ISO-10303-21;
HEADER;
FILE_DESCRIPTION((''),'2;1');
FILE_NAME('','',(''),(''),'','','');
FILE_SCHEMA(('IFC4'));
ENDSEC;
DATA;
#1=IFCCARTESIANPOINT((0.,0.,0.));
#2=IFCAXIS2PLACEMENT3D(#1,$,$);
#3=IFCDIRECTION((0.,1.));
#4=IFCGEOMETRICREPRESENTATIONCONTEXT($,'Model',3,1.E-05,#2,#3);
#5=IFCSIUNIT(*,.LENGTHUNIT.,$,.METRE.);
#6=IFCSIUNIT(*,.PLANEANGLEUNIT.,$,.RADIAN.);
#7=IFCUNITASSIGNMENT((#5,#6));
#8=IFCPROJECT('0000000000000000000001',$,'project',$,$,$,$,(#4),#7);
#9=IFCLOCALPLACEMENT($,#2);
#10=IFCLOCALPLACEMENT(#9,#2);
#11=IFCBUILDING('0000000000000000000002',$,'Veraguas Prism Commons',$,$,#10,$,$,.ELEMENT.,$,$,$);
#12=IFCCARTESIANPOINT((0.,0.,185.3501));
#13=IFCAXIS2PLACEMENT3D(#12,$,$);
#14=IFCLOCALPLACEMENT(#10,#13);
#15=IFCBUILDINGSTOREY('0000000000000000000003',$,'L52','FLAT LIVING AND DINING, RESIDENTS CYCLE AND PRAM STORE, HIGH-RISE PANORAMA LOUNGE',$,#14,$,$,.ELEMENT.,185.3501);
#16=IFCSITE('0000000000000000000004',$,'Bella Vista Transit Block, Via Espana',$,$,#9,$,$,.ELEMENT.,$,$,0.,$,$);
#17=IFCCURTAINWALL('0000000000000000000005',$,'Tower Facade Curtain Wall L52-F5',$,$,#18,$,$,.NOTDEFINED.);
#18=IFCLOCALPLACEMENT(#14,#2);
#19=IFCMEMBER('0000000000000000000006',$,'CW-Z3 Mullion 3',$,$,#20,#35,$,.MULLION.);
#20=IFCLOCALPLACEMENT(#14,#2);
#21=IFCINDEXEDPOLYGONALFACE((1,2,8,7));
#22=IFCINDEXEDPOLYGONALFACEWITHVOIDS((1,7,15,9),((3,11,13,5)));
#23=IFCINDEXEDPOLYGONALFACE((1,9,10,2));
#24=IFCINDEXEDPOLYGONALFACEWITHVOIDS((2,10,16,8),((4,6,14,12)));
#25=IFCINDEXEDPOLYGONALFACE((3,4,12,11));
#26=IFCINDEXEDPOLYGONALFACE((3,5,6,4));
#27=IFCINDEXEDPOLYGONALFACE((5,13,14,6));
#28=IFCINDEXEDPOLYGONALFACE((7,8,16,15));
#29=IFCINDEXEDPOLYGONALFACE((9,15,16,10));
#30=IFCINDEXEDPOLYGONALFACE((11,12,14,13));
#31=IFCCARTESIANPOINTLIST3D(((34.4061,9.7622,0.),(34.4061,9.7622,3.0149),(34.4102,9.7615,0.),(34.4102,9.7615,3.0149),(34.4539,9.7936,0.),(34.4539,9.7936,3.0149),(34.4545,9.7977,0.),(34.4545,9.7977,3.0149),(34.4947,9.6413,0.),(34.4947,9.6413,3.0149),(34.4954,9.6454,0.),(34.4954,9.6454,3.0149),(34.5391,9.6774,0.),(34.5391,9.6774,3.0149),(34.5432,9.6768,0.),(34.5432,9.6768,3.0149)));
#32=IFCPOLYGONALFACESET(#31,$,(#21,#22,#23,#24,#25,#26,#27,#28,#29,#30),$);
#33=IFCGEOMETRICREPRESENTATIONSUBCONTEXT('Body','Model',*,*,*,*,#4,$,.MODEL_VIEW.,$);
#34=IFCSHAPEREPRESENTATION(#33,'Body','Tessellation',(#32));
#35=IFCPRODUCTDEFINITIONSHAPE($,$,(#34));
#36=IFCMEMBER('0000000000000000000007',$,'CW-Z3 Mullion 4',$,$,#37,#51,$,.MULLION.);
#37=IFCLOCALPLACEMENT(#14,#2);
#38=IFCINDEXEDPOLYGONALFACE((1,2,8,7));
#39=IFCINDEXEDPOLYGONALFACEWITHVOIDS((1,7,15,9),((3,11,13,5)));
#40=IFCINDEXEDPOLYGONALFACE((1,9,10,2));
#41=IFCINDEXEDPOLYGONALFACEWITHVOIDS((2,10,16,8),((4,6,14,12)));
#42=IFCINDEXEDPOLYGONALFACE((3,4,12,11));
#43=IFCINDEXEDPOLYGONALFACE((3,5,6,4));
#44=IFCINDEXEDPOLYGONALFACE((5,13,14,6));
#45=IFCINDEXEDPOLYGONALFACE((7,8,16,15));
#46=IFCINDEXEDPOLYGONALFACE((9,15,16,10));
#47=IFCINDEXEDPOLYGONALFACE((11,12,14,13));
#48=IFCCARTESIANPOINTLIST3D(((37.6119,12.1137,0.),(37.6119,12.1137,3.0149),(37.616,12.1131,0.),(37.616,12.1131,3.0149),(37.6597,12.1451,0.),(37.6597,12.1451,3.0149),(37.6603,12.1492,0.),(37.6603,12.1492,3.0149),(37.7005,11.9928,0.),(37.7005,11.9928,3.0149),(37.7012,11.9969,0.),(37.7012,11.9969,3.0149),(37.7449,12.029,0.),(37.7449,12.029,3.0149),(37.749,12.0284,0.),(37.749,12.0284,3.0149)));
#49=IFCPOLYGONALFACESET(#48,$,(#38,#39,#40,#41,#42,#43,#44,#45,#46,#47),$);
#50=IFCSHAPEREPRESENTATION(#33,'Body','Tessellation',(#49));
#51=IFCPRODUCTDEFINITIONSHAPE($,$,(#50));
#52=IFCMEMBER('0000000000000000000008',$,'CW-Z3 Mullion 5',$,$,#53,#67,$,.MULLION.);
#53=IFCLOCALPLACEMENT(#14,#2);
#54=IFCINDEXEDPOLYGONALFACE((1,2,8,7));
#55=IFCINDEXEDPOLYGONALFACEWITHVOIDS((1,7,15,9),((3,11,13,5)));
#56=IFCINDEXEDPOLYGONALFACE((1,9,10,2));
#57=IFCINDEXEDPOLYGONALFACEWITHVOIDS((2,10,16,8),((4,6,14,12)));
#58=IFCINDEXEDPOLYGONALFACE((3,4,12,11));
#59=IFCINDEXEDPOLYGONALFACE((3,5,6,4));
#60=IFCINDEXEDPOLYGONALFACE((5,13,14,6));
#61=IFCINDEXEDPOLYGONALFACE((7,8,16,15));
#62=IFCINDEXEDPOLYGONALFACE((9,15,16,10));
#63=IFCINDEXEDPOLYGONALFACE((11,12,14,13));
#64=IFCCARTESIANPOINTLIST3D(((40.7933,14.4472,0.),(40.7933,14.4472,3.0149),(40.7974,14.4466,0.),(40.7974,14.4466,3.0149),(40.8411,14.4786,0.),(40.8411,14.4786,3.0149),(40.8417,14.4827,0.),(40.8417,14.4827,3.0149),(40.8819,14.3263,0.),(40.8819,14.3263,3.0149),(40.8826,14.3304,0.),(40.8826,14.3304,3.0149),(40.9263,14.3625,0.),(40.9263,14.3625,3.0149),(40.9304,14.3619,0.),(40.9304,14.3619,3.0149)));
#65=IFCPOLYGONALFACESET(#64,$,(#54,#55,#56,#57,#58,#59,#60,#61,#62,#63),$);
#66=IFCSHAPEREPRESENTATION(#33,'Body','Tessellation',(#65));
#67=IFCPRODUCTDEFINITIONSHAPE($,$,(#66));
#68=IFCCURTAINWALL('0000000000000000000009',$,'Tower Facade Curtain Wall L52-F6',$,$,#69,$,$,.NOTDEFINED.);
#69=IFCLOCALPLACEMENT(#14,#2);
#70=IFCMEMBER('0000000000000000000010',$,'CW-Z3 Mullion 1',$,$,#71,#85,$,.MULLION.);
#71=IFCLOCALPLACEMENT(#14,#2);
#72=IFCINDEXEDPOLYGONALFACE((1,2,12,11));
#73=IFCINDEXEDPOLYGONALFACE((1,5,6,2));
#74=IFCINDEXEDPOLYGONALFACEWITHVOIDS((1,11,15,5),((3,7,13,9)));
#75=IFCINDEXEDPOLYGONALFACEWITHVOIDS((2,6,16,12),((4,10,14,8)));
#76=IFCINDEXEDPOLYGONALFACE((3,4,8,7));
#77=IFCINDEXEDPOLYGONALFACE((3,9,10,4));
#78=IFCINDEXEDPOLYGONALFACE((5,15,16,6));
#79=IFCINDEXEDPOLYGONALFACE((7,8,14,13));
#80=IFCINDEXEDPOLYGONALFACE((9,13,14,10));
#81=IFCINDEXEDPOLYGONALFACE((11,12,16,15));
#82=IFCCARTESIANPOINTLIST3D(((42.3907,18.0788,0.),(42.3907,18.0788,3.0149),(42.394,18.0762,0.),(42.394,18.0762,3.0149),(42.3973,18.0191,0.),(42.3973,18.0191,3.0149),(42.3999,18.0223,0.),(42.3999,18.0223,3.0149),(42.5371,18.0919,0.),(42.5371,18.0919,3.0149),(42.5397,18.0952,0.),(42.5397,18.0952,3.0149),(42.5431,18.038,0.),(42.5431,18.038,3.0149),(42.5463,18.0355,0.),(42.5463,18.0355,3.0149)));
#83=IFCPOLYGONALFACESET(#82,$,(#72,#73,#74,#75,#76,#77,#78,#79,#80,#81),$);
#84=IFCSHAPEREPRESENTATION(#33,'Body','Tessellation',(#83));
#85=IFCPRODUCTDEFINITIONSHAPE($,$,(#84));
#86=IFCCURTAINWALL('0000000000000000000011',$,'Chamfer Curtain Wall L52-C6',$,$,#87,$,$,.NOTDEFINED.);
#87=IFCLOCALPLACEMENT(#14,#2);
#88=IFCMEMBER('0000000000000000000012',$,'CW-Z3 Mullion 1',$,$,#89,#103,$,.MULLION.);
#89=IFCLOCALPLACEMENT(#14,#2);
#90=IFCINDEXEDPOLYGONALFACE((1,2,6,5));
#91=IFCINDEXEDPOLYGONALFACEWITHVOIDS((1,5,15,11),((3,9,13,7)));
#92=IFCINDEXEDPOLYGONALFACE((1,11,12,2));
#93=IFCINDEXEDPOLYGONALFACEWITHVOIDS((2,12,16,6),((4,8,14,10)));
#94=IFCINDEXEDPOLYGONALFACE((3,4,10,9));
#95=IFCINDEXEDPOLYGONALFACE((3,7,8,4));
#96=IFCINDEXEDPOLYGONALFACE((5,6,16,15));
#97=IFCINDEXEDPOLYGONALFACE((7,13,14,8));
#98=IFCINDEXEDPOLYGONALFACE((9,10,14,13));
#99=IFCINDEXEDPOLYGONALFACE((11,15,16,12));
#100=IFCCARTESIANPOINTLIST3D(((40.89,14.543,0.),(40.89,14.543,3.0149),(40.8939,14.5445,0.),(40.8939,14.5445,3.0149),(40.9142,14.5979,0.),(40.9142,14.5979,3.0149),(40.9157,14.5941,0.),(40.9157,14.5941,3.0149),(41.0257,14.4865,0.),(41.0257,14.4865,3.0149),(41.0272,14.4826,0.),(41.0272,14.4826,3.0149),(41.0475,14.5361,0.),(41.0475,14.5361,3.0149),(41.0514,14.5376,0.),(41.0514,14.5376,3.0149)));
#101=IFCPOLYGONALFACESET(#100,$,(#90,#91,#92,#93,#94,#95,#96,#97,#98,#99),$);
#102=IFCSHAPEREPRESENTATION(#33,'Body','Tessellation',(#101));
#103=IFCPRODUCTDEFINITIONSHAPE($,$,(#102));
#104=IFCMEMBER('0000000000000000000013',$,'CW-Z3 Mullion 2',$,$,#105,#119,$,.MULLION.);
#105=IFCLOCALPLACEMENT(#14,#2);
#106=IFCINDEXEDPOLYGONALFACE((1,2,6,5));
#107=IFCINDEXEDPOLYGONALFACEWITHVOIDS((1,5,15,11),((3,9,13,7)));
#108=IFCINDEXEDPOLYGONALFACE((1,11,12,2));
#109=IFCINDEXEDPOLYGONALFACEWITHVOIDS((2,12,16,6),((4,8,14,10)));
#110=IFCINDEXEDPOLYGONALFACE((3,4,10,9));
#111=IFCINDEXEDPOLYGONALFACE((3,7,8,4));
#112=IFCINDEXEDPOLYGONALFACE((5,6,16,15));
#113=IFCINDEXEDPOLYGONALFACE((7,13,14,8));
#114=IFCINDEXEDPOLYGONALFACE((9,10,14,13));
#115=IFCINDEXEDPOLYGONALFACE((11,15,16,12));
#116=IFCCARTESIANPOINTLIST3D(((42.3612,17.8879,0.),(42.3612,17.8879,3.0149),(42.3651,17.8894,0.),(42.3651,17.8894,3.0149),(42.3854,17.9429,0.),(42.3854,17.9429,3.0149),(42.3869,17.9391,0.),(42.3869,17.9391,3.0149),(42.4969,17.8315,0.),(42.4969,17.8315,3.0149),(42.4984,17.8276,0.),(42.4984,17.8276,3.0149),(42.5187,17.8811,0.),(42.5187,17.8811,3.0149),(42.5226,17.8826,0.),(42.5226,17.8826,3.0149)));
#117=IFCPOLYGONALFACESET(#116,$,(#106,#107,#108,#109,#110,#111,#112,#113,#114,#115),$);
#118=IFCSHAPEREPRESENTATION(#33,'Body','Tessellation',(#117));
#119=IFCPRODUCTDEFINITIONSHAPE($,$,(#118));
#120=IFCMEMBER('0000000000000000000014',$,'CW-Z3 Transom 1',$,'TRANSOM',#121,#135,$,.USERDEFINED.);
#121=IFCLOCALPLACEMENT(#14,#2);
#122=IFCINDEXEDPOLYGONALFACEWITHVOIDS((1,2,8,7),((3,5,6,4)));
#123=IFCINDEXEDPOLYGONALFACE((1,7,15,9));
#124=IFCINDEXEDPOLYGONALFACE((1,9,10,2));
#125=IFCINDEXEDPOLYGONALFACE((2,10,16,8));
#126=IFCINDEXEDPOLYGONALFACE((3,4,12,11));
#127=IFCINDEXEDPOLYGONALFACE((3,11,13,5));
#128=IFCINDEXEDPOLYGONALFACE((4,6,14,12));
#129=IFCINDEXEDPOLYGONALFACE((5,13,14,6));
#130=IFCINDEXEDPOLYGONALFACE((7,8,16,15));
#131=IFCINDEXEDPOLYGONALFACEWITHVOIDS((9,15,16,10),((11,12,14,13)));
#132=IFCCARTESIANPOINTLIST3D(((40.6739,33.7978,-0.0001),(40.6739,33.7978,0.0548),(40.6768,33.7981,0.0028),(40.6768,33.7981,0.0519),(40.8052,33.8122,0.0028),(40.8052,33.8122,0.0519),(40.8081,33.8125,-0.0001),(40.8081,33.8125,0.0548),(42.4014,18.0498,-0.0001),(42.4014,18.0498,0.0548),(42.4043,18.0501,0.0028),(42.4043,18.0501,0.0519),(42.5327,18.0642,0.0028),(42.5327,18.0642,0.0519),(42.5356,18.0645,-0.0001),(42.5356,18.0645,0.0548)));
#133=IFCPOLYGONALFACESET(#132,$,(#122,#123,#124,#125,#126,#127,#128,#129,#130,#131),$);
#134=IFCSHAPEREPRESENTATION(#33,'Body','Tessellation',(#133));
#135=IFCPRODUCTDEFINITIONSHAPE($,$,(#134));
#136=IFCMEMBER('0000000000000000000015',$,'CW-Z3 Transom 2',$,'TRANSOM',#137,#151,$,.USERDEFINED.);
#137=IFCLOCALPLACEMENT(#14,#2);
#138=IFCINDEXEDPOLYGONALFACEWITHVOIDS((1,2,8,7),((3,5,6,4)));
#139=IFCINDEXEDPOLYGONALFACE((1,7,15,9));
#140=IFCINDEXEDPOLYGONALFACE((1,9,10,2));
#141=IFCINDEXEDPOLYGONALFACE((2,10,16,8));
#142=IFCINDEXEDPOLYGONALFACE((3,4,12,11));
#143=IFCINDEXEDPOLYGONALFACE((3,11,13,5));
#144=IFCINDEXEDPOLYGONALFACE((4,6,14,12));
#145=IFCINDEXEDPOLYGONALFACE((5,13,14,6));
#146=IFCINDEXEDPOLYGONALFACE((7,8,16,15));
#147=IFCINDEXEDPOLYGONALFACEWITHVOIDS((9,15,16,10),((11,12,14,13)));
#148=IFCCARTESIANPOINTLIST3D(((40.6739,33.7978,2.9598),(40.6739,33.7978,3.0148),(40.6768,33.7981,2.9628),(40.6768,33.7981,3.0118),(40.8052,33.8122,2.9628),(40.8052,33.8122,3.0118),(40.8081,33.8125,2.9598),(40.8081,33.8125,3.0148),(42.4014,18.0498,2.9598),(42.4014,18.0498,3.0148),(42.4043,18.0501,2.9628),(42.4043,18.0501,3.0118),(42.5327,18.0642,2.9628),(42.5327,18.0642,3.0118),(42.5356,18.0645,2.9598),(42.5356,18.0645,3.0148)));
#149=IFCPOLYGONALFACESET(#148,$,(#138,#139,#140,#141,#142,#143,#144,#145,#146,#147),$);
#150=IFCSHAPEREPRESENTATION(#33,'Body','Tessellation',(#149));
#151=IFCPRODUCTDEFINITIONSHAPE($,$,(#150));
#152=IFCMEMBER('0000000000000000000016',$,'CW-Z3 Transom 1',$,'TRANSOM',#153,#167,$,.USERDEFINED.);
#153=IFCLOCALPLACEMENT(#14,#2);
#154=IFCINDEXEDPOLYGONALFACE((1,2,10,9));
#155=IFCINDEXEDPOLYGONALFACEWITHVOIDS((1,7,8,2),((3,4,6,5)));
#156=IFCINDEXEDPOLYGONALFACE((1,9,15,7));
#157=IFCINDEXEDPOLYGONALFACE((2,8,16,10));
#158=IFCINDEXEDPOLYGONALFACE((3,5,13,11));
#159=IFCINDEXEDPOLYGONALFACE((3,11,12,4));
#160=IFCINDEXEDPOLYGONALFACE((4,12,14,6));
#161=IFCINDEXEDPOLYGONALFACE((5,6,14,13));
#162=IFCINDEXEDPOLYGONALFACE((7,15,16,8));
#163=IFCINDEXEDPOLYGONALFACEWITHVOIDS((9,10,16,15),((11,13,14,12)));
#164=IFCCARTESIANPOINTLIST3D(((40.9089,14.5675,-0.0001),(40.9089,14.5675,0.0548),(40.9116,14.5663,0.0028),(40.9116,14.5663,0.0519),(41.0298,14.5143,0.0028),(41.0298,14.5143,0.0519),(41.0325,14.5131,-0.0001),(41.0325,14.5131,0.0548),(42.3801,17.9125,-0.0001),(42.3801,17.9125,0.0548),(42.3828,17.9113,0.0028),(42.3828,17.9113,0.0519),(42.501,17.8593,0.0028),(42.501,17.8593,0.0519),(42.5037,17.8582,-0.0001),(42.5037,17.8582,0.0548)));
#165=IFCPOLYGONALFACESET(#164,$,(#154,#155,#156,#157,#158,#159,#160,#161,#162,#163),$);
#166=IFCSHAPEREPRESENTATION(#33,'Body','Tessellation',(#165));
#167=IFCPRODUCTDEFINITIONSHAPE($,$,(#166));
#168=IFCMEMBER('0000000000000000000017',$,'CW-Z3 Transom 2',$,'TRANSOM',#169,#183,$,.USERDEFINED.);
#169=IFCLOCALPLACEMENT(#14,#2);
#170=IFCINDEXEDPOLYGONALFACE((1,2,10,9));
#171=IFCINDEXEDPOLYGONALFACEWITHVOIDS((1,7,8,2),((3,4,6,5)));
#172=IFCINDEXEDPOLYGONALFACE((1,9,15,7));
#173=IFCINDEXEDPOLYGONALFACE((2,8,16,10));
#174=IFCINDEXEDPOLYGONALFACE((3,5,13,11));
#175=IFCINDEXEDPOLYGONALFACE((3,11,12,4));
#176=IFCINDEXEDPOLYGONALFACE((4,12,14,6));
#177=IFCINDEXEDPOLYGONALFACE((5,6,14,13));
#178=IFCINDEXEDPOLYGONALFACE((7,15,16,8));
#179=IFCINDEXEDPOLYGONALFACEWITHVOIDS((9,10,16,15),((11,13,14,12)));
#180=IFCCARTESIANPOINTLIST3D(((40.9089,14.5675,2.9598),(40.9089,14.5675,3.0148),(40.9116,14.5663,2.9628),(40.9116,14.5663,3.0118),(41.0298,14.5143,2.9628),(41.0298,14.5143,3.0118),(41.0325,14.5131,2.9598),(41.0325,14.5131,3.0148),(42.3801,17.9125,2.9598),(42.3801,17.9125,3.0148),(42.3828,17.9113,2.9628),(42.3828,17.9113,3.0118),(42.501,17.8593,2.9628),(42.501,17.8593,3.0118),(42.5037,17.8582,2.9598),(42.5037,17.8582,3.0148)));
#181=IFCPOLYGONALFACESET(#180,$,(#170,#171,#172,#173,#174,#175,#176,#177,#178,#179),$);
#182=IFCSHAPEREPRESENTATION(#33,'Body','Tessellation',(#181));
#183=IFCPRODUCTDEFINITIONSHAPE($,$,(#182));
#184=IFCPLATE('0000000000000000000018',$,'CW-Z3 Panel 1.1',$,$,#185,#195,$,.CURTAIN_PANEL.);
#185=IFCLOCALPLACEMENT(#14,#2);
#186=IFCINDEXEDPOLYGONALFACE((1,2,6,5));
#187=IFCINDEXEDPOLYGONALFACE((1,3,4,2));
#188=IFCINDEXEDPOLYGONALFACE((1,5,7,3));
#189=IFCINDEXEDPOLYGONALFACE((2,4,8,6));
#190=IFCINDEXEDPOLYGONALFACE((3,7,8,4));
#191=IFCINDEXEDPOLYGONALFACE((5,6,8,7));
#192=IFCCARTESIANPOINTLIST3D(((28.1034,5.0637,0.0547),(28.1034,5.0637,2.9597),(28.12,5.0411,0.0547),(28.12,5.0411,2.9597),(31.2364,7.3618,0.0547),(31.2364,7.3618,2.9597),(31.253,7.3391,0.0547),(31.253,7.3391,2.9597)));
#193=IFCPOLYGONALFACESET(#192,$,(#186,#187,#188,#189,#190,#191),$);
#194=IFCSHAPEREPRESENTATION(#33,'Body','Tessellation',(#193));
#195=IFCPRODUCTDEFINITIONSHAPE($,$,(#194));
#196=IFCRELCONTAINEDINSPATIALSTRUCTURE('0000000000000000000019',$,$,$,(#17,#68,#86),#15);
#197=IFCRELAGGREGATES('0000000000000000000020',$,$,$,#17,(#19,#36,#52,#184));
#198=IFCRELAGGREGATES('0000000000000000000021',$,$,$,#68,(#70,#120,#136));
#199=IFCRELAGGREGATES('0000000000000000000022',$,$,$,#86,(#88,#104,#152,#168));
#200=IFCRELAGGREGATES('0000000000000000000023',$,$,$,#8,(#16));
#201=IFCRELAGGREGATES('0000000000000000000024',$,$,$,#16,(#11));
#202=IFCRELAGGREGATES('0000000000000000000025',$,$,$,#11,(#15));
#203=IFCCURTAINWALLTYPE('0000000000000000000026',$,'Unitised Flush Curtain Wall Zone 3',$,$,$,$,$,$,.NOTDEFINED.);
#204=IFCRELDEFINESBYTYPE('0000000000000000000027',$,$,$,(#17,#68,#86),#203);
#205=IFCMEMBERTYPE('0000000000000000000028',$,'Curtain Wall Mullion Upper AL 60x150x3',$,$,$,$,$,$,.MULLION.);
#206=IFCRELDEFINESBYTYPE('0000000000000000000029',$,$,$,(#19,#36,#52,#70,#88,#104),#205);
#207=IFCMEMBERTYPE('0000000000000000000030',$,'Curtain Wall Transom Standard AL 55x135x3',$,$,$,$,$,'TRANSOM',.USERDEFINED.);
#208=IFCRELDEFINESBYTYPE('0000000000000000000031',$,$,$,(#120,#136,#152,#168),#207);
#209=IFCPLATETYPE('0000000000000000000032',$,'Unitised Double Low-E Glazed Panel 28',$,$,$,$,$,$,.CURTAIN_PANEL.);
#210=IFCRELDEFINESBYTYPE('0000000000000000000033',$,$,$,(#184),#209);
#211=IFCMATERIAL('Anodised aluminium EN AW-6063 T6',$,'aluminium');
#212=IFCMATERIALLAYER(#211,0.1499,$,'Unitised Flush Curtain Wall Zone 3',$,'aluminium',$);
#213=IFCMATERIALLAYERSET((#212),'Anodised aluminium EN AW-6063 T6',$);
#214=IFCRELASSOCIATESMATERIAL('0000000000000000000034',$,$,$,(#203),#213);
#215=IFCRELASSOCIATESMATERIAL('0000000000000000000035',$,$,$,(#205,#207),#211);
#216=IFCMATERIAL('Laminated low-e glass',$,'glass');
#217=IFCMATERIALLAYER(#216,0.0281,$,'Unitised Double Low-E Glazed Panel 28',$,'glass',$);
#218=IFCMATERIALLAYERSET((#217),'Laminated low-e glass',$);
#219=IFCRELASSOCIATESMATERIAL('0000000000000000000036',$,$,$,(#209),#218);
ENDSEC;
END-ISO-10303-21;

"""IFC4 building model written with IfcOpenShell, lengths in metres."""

from ifc_helpers import new_model, si_unit, direction, frame, origin, origin_2d, place, context, subcontext, project, spatial, rectangle, hollow_rectangle, extrude, source, transform, mapped, material, layer, layer_set, material_profile, profile_set, type_object, element, aggregate, save


model = new_model("IFC4")

# Units and contexts
model_context = context("Model", 3, precision=1e-05, world=origin(), true_north=direction((0.0, 1.0)))
body_context = subcontext(model_context, "Body", "Model", "MODEL_VIEW")
ifc_project = project(units=[si_unit("LENGTHUNIT", "METRE"), si_unit("PLANEANGLEUNIT", "RADIAN")], contexts=[model_context])

# Site, building, storey
site_placement = place(None, origin())
site = spatial("IfcSite", under=ifc_project, at=site_placement, Name="Bella Vista Transit Block, Via Espana", CompositionType="ELEMENT", RefElevation=0.0)
building_placement = place(site_placement, origin())
building = spatial("IfcBuilding", under=site, at=building_placement, Name="Veraguas Prism Commons", CompositionType="ELEMENT")
storey_placement = place(building_placement, frame((0.0, 0.0, 185.3501)))
storey = spatial("IfcBuildingStorey", under=building, at=storey_placement, Name="L52", Description="FLAT LIVING AND DINING, RESIDENTS CYCLE AND PRAM STORE, HIGH-RISE PANORAMA LOUNGE", CompositionType="ELEMENT", Elevation=185.3501)

# Curtain wall, members
ifc_material_1 = material(Name="Anodised aluminium EN AW-6063 T6", Category="aluminium")
ifc_layer_1 = layer(ifc_material_1, 0.1499, Name="Unitised Flush Curtain Wall Zone 3", Category="aluminium")
ifc_layer_set_1 = layer_set([ifc_layer_1], Name="Anodised aluminium EN AW-6063 T6")
curtain_wall_type = type_object("IfcCurtainWallType", Name="Unitised Flush Curtain Wall Zone 3", PredefinedType="NOTDEFINED", material=ifc_layer_set_1)
curtain_wall_1_placement = place(storey_placement, origin())
curtain_wall_1 = element("IfcCurtainWall", 1, at=curtain_wall_1_placement, inside=storey, type_object=curtain_wall_type, Name="Tower Facade Curtain Wall L52-F5", PredefinedType="NOTDEFINED")
ifc_material_profile_1 = material_profile(ifc_material_1, hollow_rectangle(XDim=0.0601, YDim=0.1499, WallThickness=0.0029, at=origin_2d()), Name="AL60X150X3")
ifc_profile_set_1 = profile_set([ifc_material_profile_1], Name="Anodised aluminium EN AW-6063 T6")
member_type_1 = type_object("IfcMemberType", Name="Curtain Wall Mullion Upper AL 60x150x3", PredefinedType="MULLION", material=ifc_profile_set_1)
shared_shape_1 = source(origin(), body_context, "Body", "SweptSolid", [
    extrude(hollow_rectangle(XDim=0.0601, YDim=0.1499, WallThickness=0.0029, at=origin_2d()), origin(), (0.0, 0.0, 1.0), 3.0149),
])
member_1_placement = place(storey_placement, frame((34.4746, 9.7195, 0.0), z_axis=(0.0, 0.0, 1.0), x_axis=(0.806341, 0.59145, 0.0)))
member_1 = element("IfcMember", 2, at=member_1_placement, type_object=member_type_1, Name="CW-Z3 Mullion 3", PredefinedType="MULLION", context=body_context, shape_type="MappedRepresentation", body=[
    mapped(shared_shape_1, transform((0.0, 0.0, 0.0), scale=1.0)),
])
member_2_placement = place(storey_placement, frame((37.6804, 12.071, 0.0), z_axis=(0.0, 0.0, 1.0), x_axis=(0.806341, 0.59145, 0.0)))
member_2 = element("IfcMember", 3, at=member_2_placement, type_object=member_type_1, Name="CW-Z3 Mullion 4", PredefinedType="MULLION", context=body_context, shape_type="MappedRepresentation", body=[
    mapped(shared_shape_1, transform((0.0, 0.0, 0.0), scale=1.0)),
])
member_3_placement = place(storey_placement, frame((40.8618, 14.4045, 0.0), z_axis=(0.0, 0.0, 1.0), x_axis=(0.806341, 0.59145, 0.0)))
member_3 = element("IfcMember", 4, at=member_3_placement, type_object=member_type_1, Name="CW-Z3 Mullion 5", PredefinedType="MULLION", context=body_context, shape_type="MappedRepresentation", body=[
    mapped(shared_shape_1, transform((0.0, 0.0, 0.0), scale=1.0)),
])

# Curtain wall, member
curtain_wall_2_placement = place(storey_placement, origin())
curtain_wall_2 = element("IfcCurtainWall", 5, at=curtain_wall_2_placement, inside=storey, type_object=curtain_wall_type, Name="Tower Facade Curtain Wall L52-F6", PredefinedType="NOTDEFINED")
member_4_placement = place(storey_placement, frame((42.4685, 18.0571, 0.0), z_axis=(0.0, 0.0, 1.0), x_axis=(-0.109046, 0.994037, 0.0)))
member_4 = element("IfcMember", 6, at=member_4_placement, type_object=member_type_1, Name="CW-Z3 Mullion 1", PredefinedType="MULLION", context=body_context, shape_type="MappedRepresentation", body=[
    mapped(shared_shape_1, transform((0.0, 0.0, 0.0), scale=1.0)),
])

# Curtain wall, members
curtain_wall_3_placement = place(storey_placement, origin())
curtain_wall_3 = element("IfcCurtainWall", 7, at=curtain_wall_3_placement, inside=storey, type_object=curtain_wall_type, Name="Chamfer Curtain Wall L52-C6", PredefinedType="NOTDEFINED")
member_5_placement = place(storey_placement, frame((40.9707, 14.5403, 0.0), z_axis=(0.0, 0.0, 1.0), x_axis=(0.402571, 0.915389, 0.0)))
member_5 = element("IfcMember", 8, at=member_5_placement, type_object=member_type_1, Name="CW-Z3 Mullion 1", PredefinedType="MULLION", context=body_context, shape_type="MappedRepresentation", body=[
    mapped(shared_shape_1, transform((0.0, 0.0, 0.0), scale=1.0)),
])
member_6_placement = place(storey_placement, frame((42.4419, 17.8853, 0.0), z_axis=(0.0, 0.0, 1.0), x_axis=(0.402571, 0.915389, 0.0)))
member_6 = element("IfcMember", 9, at=member_6_placement, type_object=member_type_1, Name="CW-Z3 Mullion 2", PredefinedType="MULLION", context=body_context, shape_type="MappedRepresentation", body=[
    mapped(shared_shape_1, transform((0.0, 0.0, 0.0), scale=1.0)),
])

# Members
ifc_material_profile_2 = material_profile(ifc_material_1, hollow_rectangle(XDim=0.0549, YDim=0.135, WallThickness=0.0029, at=origin_2d()), Name="AL55X135X3")
ifc_profile_set_2 = profile_set([ifc_material_profile_2], Name="Anodised aluminium EN AW-6063 T6")
member_type_2 = type_object("IfcMemberType", Name="Curtain Wall Transom Standard AL 55x135x3", ElementType="TRANSOM", PredefinedType="USERDEFINED", material=ifc_profile_set_2)
shared_shape_2 = source(origin(), body_context, "Body", "SweptSolid", [
    extrude(hollow_rectangle(XDim=0.0549, YDim=0.135, WallThickness=0.0029, at=origin_2d()), origin(), (0.0, 0.0, 1.0), 15.8425),
])
member_7_placement = place(storey_placement, frame((42.4685, 18.0571, 0.0273), z_axis=(-0.109044, 0.994037, 0.0), x_axis=(0.0, 0.0, 1.0)))
member_7 = element("IfcMember", 10, at=member_7_placement, type_object=member_type_2, Name="CW-Z3 Transom 1", ObjectType="TRANSOM", PredefinedType="USERDEFINED", context=body_context, shape_type="MappedRepresentation", body=[
    mapped(shared_shape_2, transform((0.0, 0.0, 0.0), scale=1.0)),
])
member_8_placement = place(storey_placement, frame((42.4685, 18.0571, 2.9873), z_axis=(-0.109044, 0.994037, 0.0), x_axis=(0.0, 0.0, 1.0)))
member_8 = element("IfcMember", 11, at=member_8_placement, type_object=member_type_2, Name="CW-Z3 Transom 2", ObjectType="TRANSOM", PredefinedType="USERDEFINED", context=body_context, shape_type="MappedRepresentation", body=[
    mapped(shared_shape_2, transform((0.0, 0.0, 0.0), scale=1.0)),
])
shared_shape_3 = source(origin(), body_context, "Body", "SweptSolid", [
    extrude(hollow_rectangle(XDim=0.0549, YDim=0.135, WallThickness=0.0029, at=origin_2d()), origin(), (0.0, 0.0, 1.0), 3.6543),
])
member_9_placement = place(storey_placement, frame((40.9707, 14.5403, 0.0273), z_axis=(0.402602, 0.915375, 0.0), x_axis=(0.0, 0.0, 1.0)))
member_9 = element("IfcMember", 12, at=member_9_placement, type_object=member_type_2, Name="CW-Z3 Transom 1", ObjectType="TRANSOM", PredefinedType="USERDEFINED", context=body_context, shape_type="MappedRepresentation", body=[
    mapped(shared_shape_3, transform((0.0, 0.0, 0.0), scale=1.0)),
])
member_10_placement = place(storey_placement, frame((40.9707, 14.5403, 2.9873), z_axis=(0.402602, 0.915375, 0.0), x_axis=(0.0, 0.0, 1.0)))
member_10 = element("IfcMember", 13, at=member_10_placement, type_object=member_type_2, Name="CW-Z3 Transom 2", ObjectType="TRANSOM", PredefinedType="USERDEFINED", context=body_context, shape_type="MappedRepresentation", body=[
    mapped(shared_shape_3, transform((0.0, 0.0, 0.0), scale=1.0)),
])

# Plate
ifc_material_2 = material(Name="Laminated low-e glass", Category="glass")
ifc_layer_2 = layer(ifc_material_2, 0.0281, Name="Unitised Double Low-E Glazed Panel 28", Category="glass")
ifc_layer_set_2 = layer_set([ifc_layer_2], Name="Laminated low-e glass")
plate_type = type_object("IfcPlateType", Name="Unitised Double Low-E Glazed Panel 28", PredefinedType="CURTAIN_PANEL", material=ifc_layer_set_2)
shared_shape_4 = source(origin(), body_context, "Body", "SweptSolid", [
    extrude(rectangle(XDim=3.8855, YDim=0.0281, at=origin_2d()), origin(), (0.0, 0.0, 1.0), 2.905),
])
plate_1_placement = place(storey_placement, frame((29.6782, 6.2014, 0.0547), z_axis=(0.0, 0.0, 1.0), x_axis=(0.806341, 0.59145, 0.0)))
plate_1 = element("IfcPlate", 14, at=plate_1_placement, type_object=plate_type, Name="CW-Z3 Panel 1.1", PredefinedType="CURTAIN_PANEL", context=body_context, shape_type="MappedRepresentation", body=[
    mapped(shared_shape_4, transform((0.0, 0.0, 0.0), scale=1.0)),
])
aggregate(curtain_wall_1, [member_1, member_2, member_3, plate_1])
aggregate(curtain_wall_2, [member_4, member_7, member_8])
aggregate(curtain_wall_3, [member_5, member_6, member_9, member_10])

save(model, "model.ifc")
